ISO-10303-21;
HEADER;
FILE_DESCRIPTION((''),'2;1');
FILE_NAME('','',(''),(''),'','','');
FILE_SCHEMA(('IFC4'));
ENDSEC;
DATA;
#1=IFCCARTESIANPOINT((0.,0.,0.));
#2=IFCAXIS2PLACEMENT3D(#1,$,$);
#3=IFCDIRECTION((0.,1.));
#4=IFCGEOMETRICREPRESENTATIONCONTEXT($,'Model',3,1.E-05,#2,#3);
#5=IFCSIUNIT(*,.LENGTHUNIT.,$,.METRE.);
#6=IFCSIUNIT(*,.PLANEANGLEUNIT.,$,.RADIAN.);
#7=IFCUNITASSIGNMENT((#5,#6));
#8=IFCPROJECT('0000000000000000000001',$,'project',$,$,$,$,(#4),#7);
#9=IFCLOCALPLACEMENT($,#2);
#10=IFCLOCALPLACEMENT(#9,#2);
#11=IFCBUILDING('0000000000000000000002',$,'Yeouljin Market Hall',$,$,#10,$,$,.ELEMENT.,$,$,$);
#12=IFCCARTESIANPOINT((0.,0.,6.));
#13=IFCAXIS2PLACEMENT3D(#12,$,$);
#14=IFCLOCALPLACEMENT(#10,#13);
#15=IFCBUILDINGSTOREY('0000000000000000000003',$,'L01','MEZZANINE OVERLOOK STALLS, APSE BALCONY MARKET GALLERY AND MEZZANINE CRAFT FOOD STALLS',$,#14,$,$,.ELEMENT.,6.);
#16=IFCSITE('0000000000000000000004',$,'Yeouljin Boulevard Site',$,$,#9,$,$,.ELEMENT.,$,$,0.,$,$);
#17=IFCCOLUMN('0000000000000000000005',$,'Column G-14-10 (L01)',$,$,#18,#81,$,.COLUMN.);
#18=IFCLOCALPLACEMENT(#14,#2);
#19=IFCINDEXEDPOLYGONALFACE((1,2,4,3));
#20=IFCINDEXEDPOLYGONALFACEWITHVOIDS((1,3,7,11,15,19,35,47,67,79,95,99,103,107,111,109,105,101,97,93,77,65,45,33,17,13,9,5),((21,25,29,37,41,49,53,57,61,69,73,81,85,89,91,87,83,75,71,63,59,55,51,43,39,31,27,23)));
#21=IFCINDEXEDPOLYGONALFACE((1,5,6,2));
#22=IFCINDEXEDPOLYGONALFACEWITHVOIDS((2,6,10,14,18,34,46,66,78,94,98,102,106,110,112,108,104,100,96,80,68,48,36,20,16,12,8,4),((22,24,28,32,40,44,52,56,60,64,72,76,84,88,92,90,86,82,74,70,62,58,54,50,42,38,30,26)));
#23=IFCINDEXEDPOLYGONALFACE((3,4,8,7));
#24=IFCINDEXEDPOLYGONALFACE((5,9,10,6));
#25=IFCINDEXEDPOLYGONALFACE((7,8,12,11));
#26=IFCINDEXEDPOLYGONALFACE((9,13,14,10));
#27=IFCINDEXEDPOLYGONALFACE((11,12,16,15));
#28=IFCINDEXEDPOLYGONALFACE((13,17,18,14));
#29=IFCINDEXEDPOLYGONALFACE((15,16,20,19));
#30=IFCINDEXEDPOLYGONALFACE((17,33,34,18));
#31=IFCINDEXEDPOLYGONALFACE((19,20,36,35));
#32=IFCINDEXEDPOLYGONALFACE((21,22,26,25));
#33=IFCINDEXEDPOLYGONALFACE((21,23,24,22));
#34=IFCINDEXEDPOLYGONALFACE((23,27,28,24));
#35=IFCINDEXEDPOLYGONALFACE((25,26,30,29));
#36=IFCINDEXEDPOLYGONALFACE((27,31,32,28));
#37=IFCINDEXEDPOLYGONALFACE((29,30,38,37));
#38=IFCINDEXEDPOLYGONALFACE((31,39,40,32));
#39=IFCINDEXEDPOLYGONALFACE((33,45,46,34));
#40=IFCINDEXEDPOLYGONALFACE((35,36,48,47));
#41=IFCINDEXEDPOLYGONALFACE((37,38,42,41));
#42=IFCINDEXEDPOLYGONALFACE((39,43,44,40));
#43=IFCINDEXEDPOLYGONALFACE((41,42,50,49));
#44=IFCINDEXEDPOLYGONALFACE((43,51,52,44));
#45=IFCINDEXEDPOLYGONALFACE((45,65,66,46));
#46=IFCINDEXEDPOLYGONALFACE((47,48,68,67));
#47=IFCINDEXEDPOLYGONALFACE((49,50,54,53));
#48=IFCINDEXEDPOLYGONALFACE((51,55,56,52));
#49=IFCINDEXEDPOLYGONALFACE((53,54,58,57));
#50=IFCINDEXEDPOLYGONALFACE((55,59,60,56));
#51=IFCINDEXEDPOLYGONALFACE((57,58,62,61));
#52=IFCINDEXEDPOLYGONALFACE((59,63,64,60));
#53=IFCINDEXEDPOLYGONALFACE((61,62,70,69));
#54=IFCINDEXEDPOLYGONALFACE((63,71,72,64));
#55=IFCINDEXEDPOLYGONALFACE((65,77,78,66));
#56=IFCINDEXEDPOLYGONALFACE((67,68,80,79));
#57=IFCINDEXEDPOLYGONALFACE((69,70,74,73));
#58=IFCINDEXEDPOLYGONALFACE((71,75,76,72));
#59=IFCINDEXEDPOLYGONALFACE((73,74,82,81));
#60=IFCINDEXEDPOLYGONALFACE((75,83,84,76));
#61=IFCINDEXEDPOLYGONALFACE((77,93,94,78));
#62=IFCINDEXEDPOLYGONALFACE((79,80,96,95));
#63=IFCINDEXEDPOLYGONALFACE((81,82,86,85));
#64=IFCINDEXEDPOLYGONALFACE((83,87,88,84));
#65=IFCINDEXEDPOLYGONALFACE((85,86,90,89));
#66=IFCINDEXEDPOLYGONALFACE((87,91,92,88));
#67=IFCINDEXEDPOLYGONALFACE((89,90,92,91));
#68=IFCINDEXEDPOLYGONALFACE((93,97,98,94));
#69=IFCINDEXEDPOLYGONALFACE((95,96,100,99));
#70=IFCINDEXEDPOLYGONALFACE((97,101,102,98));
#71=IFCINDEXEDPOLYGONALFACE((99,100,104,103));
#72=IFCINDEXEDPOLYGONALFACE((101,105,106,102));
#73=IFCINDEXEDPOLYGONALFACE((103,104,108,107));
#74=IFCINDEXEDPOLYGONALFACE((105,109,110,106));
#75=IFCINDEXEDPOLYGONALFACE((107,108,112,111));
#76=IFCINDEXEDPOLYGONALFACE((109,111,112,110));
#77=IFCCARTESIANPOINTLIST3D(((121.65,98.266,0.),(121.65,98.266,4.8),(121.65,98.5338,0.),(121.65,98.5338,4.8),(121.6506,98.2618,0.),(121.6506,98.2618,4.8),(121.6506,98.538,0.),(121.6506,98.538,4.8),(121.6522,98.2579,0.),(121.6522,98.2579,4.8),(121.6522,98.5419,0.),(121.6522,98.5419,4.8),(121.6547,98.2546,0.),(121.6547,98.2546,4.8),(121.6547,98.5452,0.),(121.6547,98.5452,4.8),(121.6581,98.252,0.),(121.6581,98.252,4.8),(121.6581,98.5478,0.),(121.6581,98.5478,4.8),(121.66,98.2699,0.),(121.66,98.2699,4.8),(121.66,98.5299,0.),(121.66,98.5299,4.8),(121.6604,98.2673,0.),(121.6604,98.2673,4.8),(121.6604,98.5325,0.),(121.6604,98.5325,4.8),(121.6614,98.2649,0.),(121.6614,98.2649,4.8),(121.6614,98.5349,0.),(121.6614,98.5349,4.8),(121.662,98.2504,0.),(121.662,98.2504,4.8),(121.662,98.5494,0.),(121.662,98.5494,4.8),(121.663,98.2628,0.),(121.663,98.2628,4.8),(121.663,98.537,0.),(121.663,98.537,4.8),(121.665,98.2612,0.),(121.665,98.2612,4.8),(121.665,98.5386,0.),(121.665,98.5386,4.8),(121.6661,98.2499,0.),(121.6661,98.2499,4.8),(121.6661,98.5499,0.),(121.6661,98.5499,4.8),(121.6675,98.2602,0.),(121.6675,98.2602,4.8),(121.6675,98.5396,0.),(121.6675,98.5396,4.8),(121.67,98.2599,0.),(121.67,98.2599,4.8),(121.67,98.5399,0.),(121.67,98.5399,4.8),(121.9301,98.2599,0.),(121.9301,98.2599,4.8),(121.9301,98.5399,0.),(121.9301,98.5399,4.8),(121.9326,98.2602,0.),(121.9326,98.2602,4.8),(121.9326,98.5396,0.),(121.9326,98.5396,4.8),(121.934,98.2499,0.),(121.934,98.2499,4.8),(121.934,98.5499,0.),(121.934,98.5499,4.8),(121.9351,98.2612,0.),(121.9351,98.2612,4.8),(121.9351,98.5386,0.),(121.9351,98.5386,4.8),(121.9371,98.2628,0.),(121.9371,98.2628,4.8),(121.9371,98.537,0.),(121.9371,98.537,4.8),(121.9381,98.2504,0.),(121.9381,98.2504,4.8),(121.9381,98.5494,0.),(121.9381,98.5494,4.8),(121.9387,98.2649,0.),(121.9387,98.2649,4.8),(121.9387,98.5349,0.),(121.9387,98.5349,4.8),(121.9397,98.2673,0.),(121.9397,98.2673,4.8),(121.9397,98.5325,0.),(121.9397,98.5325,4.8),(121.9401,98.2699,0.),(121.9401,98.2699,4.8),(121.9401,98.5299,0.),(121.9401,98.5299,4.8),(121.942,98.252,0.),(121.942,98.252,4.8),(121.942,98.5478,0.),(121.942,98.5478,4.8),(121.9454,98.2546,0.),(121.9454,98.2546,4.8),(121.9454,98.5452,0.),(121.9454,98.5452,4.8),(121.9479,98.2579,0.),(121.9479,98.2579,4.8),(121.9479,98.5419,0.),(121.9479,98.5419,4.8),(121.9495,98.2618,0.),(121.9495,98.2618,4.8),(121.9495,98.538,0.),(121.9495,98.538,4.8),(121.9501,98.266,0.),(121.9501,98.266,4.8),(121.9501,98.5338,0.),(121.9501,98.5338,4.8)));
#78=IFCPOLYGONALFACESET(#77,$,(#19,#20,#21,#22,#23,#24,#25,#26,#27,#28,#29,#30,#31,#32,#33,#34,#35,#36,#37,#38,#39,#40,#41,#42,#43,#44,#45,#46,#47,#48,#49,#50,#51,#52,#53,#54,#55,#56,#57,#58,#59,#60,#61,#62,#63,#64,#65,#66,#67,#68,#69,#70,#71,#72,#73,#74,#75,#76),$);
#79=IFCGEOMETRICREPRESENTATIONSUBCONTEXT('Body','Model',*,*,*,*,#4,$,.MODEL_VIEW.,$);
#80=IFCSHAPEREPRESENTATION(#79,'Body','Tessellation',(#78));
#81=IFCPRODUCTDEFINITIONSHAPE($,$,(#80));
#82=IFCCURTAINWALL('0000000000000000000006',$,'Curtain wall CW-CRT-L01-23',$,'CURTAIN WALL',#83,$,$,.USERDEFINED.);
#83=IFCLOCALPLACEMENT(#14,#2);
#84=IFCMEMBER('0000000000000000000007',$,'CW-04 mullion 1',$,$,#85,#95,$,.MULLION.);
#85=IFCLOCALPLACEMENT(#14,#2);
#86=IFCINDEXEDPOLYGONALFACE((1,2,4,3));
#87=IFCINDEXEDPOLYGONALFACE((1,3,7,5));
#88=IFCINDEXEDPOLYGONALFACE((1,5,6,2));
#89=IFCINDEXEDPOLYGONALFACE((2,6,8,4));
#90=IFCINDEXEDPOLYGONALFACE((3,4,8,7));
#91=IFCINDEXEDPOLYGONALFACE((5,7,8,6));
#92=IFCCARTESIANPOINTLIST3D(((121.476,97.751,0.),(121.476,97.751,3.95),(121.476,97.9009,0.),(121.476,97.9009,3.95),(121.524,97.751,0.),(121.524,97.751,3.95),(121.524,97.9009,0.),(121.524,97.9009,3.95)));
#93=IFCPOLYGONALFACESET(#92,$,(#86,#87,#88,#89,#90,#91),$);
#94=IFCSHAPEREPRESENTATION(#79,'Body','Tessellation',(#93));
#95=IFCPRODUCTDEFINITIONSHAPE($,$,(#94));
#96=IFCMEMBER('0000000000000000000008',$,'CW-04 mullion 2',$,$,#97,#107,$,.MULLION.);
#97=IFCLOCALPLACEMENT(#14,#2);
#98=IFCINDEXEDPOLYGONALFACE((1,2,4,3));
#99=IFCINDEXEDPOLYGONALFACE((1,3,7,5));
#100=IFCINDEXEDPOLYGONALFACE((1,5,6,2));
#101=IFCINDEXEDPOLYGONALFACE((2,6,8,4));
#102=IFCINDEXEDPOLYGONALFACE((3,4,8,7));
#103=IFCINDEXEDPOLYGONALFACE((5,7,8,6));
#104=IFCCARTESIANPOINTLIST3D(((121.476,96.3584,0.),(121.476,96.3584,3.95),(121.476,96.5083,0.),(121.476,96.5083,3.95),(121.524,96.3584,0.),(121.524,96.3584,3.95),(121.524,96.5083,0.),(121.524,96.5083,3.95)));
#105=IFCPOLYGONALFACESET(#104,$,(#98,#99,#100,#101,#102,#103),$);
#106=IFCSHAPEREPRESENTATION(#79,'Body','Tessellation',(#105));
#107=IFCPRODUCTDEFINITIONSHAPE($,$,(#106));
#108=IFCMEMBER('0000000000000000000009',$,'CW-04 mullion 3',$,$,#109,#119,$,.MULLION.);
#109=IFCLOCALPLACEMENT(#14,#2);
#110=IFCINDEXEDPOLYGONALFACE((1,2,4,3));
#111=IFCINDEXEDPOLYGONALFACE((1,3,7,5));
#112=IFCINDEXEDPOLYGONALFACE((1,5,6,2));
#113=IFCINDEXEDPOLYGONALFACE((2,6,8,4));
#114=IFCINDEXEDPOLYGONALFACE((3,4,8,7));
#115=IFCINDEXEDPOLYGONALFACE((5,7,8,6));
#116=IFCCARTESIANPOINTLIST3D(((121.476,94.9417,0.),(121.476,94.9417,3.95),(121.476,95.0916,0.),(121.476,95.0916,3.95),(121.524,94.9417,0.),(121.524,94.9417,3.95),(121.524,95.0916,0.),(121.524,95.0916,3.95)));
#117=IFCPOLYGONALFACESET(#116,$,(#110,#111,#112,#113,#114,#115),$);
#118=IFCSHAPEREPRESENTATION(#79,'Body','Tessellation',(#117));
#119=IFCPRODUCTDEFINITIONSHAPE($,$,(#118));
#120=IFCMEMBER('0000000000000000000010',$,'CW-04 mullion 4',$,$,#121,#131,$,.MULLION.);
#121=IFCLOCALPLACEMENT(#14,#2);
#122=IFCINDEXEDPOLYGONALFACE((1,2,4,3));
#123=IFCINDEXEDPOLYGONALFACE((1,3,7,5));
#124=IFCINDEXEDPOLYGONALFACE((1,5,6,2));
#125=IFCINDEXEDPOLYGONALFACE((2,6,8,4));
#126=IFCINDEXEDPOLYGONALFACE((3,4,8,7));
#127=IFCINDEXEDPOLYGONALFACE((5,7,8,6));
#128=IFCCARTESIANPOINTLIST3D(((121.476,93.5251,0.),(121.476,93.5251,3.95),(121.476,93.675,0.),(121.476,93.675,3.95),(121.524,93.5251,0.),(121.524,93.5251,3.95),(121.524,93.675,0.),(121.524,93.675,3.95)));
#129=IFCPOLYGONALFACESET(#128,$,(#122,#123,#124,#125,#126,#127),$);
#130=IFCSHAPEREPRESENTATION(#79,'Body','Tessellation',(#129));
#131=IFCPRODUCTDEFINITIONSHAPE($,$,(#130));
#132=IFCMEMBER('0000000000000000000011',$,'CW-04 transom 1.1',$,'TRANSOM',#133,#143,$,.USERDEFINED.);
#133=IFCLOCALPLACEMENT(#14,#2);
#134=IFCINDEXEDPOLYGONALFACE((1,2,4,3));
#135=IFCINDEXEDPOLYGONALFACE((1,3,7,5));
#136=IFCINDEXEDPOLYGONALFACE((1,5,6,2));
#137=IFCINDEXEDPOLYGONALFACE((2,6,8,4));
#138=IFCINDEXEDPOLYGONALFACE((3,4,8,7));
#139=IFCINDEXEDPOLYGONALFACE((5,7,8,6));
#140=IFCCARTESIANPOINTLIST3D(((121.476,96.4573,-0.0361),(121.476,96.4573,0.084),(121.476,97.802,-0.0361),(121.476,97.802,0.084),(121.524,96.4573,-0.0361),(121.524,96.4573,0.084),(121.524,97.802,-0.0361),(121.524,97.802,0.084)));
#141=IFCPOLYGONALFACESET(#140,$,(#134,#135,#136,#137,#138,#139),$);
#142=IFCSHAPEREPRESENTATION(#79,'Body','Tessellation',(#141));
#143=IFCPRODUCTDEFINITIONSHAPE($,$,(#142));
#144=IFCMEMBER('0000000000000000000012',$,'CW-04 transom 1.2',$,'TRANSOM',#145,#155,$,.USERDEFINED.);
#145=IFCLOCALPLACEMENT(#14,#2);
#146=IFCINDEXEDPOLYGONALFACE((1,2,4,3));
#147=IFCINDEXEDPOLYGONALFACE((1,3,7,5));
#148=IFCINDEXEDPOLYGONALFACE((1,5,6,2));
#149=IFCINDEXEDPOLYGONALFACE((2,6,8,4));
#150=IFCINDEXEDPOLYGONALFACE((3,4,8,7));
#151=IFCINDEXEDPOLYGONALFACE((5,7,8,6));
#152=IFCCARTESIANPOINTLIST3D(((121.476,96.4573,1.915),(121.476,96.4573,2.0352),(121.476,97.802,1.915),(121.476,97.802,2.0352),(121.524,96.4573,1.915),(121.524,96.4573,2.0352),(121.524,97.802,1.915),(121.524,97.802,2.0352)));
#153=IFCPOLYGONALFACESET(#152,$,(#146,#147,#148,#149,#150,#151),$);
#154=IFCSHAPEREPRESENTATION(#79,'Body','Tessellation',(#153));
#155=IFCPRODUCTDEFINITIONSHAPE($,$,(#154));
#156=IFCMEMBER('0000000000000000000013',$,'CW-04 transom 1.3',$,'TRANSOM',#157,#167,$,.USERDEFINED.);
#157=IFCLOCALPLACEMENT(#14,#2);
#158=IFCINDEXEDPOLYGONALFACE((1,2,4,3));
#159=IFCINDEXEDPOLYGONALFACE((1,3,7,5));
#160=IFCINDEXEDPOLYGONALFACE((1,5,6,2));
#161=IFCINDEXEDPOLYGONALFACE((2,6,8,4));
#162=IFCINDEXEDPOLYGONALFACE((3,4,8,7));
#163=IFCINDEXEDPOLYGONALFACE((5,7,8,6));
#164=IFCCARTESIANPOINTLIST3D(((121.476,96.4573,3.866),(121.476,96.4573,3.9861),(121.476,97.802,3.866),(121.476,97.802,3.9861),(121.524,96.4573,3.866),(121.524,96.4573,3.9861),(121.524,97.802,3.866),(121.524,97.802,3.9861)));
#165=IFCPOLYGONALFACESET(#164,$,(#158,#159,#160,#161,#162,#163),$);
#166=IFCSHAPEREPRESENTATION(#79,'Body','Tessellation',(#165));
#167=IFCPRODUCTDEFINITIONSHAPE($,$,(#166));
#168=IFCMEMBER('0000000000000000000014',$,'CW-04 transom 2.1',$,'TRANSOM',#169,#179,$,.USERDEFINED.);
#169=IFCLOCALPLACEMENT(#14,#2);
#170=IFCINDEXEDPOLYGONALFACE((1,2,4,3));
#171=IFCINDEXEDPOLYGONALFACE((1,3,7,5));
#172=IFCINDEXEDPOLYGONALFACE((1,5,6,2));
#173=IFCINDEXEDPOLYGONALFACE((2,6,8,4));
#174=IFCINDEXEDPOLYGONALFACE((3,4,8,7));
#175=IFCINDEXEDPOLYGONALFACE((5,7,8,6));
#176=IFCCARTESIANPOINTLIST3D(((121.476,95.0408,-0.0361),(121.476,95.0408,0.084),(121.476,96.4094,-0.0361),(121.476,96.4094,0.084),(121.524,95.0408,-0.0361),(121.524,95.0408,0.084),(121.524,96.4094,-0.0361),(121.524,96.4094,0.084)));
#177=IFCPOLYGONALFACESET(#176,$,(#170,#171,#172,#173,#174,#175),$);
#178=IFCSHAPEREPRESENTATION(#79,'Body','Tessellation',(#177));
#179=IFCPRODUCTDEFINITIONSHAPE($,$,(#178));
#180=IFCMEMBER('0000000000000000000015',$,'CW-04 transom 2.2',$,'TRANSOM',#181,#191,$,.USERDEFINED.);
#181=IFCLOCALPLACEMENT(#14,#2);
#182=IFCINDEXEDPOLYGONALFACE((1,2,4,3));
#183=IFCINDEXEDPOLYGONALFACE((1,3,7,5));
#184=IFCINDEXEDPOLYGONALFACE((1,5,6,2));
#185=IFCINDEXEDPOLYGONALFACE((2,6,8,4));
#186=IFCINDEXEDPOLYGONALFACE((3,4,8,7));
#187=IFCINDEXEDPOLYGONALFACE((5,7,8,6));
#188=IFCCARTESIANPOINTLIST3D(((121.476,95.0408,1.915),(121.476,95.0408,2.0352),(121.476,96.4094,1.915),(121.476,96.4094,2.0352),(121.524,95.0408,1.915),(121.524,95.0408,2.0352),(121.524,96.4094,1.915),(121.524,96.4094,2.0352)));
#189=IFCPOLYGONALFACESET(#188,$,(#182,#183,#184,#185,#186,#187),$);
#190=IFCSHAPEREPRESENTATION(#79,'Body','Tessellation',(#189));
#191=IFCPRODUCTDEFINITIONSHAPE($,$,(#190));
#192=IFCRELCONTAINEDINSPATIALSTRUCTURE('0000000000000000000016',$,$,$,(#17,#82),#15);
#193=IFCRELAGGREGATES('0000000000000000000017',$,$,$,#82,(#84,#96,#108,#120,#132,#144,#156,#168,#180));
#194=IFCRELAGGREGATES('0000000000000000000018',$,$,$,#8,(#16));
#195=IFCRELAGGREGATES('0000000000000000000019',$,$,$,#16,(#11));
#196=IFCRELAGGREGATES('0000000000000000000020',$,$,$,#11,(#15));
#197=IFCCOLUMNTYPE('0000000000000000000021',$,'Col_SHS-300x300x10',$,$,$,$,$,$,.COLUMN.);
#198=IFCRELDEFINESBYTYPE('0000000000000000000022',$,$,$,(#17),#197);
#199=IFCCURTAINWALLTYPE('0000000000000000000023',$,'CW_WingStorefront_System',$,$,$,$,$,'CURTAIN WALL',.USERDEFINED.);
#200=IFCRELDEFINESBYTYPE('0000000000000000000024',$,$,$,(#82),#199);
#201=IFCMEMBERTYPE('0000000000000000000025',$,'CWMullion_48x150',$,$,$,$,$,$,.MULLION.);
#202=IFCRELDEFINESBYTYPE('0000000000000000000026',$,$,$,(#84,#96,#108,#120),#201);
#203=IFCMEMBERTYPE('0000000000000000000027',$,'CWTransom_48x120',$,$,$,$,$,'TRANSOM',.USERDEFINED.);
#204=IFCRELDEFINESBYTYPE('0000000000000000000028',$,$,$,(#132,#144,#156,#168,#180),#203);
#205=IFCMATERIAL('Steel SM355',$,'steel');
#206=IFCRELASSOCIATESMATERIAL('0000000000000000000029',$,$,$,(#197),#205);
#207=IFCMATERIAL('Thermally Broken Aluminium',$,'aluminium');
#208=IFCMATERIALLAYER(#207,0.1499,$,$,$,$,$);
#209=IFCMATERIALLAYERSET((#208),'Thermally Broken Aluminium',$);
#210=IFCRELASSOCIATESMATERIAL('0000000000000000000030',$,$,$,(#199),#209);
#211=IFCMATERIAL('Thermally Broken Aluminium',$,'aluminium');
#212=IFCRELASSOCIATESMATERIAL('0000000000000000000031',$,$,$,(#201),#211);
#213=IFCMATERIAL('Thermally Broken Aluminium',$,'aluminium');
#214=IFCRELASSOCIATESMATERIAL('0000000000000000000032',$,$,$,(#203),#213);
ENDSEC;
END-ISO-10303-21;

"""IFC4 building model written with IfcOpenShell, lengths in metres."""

from ifc_helpers import new_model, si_unit, direction, frame, origin, origin_2d, place, context, subcontext, project, spatial, rectangle, hollow_rectangle, extrude, material, layer, layer_set, material_profile, profile_set, type_object, element, aggregate, save


model = new_model("IFC4")

# Units and contexts
model_context = context("Model", 3, precision=1e-05, world=origin(), true_north=direction((0.0, 1.0)))
body_context = subcontext(model_context, "Body", "Model", "MODEL_VIEW")
ifc_project = project(units=[si_unit("LENGTHUNIT", "METRE"), si_unit("PLANEANGLEUNIT", "RADIAN")], contexts=[model_context])

# Site, building, storey
site_placement = place(None, origin())
site = spatial("IfcSite", under=ifc_project, at=site_placement, Name="Yeouljin Boulevard Site", CompositionType="ELEMENT", RefElevation=0.0)
building_placement = place(site_placement, origin())
building = spatial("IfcBuilding", under=site, at=building_placement, Name="Yeouljin Market Hall", CompositionType="ELEMENT")
storey_placement = place(building_placement, frame((0.0, 0.0, 6.0)))
storey = spatial("IfcBuildingStorey", under=building, at=storey_placement, Name="L01", Description="MEZZANINE OVERLOOK STALLS, APSE BALCONY MARKET GALLERY AND MEZZANINE CRAFT FOOD STALLS", CompositionType="ELEMENT", Elevation=6.0)

# Column
ifc_material_1 = material(Name="Steel SM355", Category="steel")
ifc_material_profile_1 = material_profile(ifc_material_1, hollow_rectangle(XDim=0.3, YDim=0.3, WallThickness=0.01, InnerFilletRadius=0.01, OuterFilletRadius=0.0161, at=origin_2d()), Name="SHS-300x300x10")
ifc_profile_set_1 = profile_set([ifc_material_profile_1], Name="Steel SM355")
column_type = type_object("IfcColumnType", Name="Col_SHS-300x300x10", PredefinedType="COLUMN", material=ifc_profile_set_1)
column_placement = place(storey_placement, frame((121.8, 98.3999, 0.0), z_axis=(0.0, 0.0, 1.0), x_axis=(1.0, 0.0, 0.0)))
element("IfcColumn", 1, at=column_placement, inside=storey, type_object=column_type, Name="Column G-14-10 (L01)", PredefinedType="COLUMN", context=body_context, shape_type="SweptSolid", body=[
    extrude(hollow_rectangle(XDim=0.3, YDim=0.3, WallThickness=0.01, InnerFilletRadius=0.01, OuterFilletRadius=0.0161, at=origin_2d()), origin(), (0.0, 0.0, 1.0), 4.8),
])

# Curtain wall, members
ifc_material_2 = material(Name="Thermally Broken Aluminium", Category="aluminium")
ifc_layer_1 = layer(ifc_material_2, 0.1499)
ifc_layer_set_1 = layer_set([ifc_layer_1], Name="Thermally Broken Aluminium")
curtain_wall_type = type_object("IfcCurtainWallType", Name="CW_WingStorefront_System", ElementType="CURTAIN WALL", PredefinedType="USERDEFINED", material=ifc_layer_set_1)
curtain_wall_placement = place(storey_placement, origin())
curtain_wall = element("IfcCurtainWall", 2, at=curtain_wall_placement, inside=storey, type_object=curtain_wall_type, Name="Curtain wall CW-CRT-L01-23", ObjectType="CURTAIN WALL", PredefinedType="USERDEFINED")
ifc_material_3 = material(Name="Thermally Broken Aluminium", Category="aluminium")
ifc_material_profile_2 = material_profile(ifc_material_3, rectangle(XDim=0.0481, YDim=0.1499, at=origin_2d()), Name="CW-MULL-48x150")
ifc_profile_set_2 = profile_set([ifc_material_profile_2], Name="Thermally Broken Aluminium")
member_type_1 = type_object("IfcMemberType", Name="CWMullion_48x150", PredefinedType="MULLION", material=ifc_profile_set_2)
member_1_placement = place(storey_placement, frame((121.5, 97.8259, 0.0), z_axis=(0.0, 0.0, 1.0), x_axis=(1.0, 0.0, 0.0)))
member_1 = element("IfcMember", 3, at=member_1_placement, type_object=member_type_1, Name="CW-04 mullion 1", PredefinedType="MULLION", context=body_context, shape_type="SweptSolid", body=[
    extrude(rectangle(XDim=0.0481, YDim=0.1499, at=origin_2d()), origin(), (0.0, 0.0, 1.0), 3.95),
])
member_2_placement = place(storey_placement, frame((121.5, 96.4333, 0.0), z_axis=(0.0, 0.0, 1.0), x_axis=(1.0, 0.0, 0.0)))
member_2 = element("IfcMember", 4, at=member_2_placement, type_object=member_type_1, Name="CW-04 mullion 2", PredefinedType="MULLION", context=body_context, shape_type="SweptSolid", body=[
    extrude(rectangle(XDim=0.0481, YDim=0.1499, at=origin_2d()), origin(), (0.0, 0.0, 1.0), 3.95),
])
member_3_placement = place(storey_placement, frame((121.5, 95.0166, 0.0), z_axis=(0.0, 0.0, 1.0), x_axis=(1.0, 0.0, 0.0)))
member_3 = element("IfcMember", 5, at=member_3_placement, type_object=member_type_1, Name="CW-04 mullion 3", PredefinedType="MULLION", context=body_context, shape_type="SweptSolid", body=[
    extrude(rectangle(XDim=0.0481, YDim=0.1499, at=origin_2d()), origin(), (0.0, 0.0, 1.0), 3.95),
])
member_4_placement = place(storey_placement, frame((121.5, 93.6001, 0.0), z_axis=(0.0, 0.0, 1.0), x_axis=(1.0, 0.0, 0.0)))
member_4 = element("IfcMember", 6, at=member_4_placement, type_object=member_type_1, Name="CW-04 mullion 4", PredefinedType="MULLION", context=body_context, shape_type="SweptSolid", body=[
    extrude(rectangle(XDim=0.0481, YDim=0.1499, at=origin_2d()), origin(), (0.0, 0.0, 1.0), 3.95),
])
ifc_material_4 = material(Name="Thermally Broken Aluminium", Category="aluminium")
ifc_material_profile_3 = material_profile(ifc_material_4, rectangle(XDim=0.0481, YDim=0.1201, at=origin_2d()), Name="CW-TRAN-48x120")
ifc_profile_set_3 = profile_set([ifc_material_profile_3], Name="Thermally Broken Aluminium")
member_type_2 = type_object("IfcMemberType", Name="CWTransom_48x120", ElementType="TRANSOM", PredefinedType="USERDEFINED", material=ifc_profile_set_3)
member_5_placement = place(storey_placement, frame((121.5, 97.802, 0.0239), z_axis=(0.0, -1.0, 0.0), x_axis=(1.0, 0.0, 0.0)))
member_5 = element("IfcMember", 7, at=member_5_placement, type_object=member_type_2, Name="CW-04 transom 1.1", ObjectType="TRANSOM", PredefinedType="USERDEFINED", context=body_context, shape_type="SweptSolid", body=[
    extrude(rectangle(XDim=0.0481, YDim=0.1201, at=origin_2d()), origin(), (0.0, 0.0, 1.0), 1.3447),
])
member_6_placement = place(storey_placement, frame((121.5, 97.802, 1.9751), z_axis=(0.0, -1.0, 0.0), x_axis=(1.0, 0.0, 0.0)))
member_6 = element("IfcMember", 8, at=member_6_placement, type_object=member_type_2, Name="CW-04 transom 1.2", ObjectType="TRANSOM", PredefinedType="USERDEFINED", context=body_context, shape_type="SweptSolid", body=[
    extrude(rectangle(XDim=0.0481, YDim=0.1201, at=origin_2d()), origin(), (0.0, 0.0, 1.0), 1.3447),
])
member_7_placement = place(storey_placement, frame((121.5, 97.802, 3.926), z_axis=(0.0, -1.0, 0.0), x_axis=(1.0, 0.0, 0.0)))
member_7 = element("IfcMember", 9, at=member_7_placement, type_object=member_type_2, Name="CW-04 transom 1.3", ObjectType="TRANSOM", PredefinedType="USERDEFINED", context=body_context, shape_type="SweptSolid", body=[
    extrude(rectangle(XDim=0.0481, YDim=0.1201, at=origin_2d()), origin(), (0.0, 0.0, 1.0), 1.3447),
])
member_8_placement = place(storey_placement, frame((121.5, 96.4094, 0.0239), z_axis=(0.0, -1.0, 0.0), x_axis=(1.0, 0.0, 0.0)))
member_8 = element("IfcMember", 10, at=member_8_placement, type_object=member_type_2, Name="CW-04 transom 2.1", ObjectType="TRANSOM", PredefinedType="USERDEFINED", context=body_context, shape_type="SweptSolid", body=[
    extrude(rectangle(XDim=0.0481, YDim=0.1201, at=origin_2d()), origin(), (0.0, 0.0, 1.0), 1.3687),
])
member_9_placement = place(storey_placement, frame((121.5, 96.4094, 1.9751), z_axis=(0.0, -1.0, 0.0), x_axis=(1.0, 0.0, 0.0)))
member_9 = element("IfcMember", 11, at=member_9_placement, type_object=member_type_2, Name="CW-04 transom 2.2", ObjectType="TRANSOM", PredefinedType="USERDEFINED", context=body_context, shape_type="SweptSolid", body=[
    extrude(rectangle(XDim=0.0481, YDim=0.1201, at=origin_2d()), origin(), (0.0, 0.0, 1.0), 1.3687),
])

aggregate(curtain_wall, [member_1, member_2, member_3, member_4, member_5, member_6, member_7, member_8, member_9])

save(model, "model.ifc")
